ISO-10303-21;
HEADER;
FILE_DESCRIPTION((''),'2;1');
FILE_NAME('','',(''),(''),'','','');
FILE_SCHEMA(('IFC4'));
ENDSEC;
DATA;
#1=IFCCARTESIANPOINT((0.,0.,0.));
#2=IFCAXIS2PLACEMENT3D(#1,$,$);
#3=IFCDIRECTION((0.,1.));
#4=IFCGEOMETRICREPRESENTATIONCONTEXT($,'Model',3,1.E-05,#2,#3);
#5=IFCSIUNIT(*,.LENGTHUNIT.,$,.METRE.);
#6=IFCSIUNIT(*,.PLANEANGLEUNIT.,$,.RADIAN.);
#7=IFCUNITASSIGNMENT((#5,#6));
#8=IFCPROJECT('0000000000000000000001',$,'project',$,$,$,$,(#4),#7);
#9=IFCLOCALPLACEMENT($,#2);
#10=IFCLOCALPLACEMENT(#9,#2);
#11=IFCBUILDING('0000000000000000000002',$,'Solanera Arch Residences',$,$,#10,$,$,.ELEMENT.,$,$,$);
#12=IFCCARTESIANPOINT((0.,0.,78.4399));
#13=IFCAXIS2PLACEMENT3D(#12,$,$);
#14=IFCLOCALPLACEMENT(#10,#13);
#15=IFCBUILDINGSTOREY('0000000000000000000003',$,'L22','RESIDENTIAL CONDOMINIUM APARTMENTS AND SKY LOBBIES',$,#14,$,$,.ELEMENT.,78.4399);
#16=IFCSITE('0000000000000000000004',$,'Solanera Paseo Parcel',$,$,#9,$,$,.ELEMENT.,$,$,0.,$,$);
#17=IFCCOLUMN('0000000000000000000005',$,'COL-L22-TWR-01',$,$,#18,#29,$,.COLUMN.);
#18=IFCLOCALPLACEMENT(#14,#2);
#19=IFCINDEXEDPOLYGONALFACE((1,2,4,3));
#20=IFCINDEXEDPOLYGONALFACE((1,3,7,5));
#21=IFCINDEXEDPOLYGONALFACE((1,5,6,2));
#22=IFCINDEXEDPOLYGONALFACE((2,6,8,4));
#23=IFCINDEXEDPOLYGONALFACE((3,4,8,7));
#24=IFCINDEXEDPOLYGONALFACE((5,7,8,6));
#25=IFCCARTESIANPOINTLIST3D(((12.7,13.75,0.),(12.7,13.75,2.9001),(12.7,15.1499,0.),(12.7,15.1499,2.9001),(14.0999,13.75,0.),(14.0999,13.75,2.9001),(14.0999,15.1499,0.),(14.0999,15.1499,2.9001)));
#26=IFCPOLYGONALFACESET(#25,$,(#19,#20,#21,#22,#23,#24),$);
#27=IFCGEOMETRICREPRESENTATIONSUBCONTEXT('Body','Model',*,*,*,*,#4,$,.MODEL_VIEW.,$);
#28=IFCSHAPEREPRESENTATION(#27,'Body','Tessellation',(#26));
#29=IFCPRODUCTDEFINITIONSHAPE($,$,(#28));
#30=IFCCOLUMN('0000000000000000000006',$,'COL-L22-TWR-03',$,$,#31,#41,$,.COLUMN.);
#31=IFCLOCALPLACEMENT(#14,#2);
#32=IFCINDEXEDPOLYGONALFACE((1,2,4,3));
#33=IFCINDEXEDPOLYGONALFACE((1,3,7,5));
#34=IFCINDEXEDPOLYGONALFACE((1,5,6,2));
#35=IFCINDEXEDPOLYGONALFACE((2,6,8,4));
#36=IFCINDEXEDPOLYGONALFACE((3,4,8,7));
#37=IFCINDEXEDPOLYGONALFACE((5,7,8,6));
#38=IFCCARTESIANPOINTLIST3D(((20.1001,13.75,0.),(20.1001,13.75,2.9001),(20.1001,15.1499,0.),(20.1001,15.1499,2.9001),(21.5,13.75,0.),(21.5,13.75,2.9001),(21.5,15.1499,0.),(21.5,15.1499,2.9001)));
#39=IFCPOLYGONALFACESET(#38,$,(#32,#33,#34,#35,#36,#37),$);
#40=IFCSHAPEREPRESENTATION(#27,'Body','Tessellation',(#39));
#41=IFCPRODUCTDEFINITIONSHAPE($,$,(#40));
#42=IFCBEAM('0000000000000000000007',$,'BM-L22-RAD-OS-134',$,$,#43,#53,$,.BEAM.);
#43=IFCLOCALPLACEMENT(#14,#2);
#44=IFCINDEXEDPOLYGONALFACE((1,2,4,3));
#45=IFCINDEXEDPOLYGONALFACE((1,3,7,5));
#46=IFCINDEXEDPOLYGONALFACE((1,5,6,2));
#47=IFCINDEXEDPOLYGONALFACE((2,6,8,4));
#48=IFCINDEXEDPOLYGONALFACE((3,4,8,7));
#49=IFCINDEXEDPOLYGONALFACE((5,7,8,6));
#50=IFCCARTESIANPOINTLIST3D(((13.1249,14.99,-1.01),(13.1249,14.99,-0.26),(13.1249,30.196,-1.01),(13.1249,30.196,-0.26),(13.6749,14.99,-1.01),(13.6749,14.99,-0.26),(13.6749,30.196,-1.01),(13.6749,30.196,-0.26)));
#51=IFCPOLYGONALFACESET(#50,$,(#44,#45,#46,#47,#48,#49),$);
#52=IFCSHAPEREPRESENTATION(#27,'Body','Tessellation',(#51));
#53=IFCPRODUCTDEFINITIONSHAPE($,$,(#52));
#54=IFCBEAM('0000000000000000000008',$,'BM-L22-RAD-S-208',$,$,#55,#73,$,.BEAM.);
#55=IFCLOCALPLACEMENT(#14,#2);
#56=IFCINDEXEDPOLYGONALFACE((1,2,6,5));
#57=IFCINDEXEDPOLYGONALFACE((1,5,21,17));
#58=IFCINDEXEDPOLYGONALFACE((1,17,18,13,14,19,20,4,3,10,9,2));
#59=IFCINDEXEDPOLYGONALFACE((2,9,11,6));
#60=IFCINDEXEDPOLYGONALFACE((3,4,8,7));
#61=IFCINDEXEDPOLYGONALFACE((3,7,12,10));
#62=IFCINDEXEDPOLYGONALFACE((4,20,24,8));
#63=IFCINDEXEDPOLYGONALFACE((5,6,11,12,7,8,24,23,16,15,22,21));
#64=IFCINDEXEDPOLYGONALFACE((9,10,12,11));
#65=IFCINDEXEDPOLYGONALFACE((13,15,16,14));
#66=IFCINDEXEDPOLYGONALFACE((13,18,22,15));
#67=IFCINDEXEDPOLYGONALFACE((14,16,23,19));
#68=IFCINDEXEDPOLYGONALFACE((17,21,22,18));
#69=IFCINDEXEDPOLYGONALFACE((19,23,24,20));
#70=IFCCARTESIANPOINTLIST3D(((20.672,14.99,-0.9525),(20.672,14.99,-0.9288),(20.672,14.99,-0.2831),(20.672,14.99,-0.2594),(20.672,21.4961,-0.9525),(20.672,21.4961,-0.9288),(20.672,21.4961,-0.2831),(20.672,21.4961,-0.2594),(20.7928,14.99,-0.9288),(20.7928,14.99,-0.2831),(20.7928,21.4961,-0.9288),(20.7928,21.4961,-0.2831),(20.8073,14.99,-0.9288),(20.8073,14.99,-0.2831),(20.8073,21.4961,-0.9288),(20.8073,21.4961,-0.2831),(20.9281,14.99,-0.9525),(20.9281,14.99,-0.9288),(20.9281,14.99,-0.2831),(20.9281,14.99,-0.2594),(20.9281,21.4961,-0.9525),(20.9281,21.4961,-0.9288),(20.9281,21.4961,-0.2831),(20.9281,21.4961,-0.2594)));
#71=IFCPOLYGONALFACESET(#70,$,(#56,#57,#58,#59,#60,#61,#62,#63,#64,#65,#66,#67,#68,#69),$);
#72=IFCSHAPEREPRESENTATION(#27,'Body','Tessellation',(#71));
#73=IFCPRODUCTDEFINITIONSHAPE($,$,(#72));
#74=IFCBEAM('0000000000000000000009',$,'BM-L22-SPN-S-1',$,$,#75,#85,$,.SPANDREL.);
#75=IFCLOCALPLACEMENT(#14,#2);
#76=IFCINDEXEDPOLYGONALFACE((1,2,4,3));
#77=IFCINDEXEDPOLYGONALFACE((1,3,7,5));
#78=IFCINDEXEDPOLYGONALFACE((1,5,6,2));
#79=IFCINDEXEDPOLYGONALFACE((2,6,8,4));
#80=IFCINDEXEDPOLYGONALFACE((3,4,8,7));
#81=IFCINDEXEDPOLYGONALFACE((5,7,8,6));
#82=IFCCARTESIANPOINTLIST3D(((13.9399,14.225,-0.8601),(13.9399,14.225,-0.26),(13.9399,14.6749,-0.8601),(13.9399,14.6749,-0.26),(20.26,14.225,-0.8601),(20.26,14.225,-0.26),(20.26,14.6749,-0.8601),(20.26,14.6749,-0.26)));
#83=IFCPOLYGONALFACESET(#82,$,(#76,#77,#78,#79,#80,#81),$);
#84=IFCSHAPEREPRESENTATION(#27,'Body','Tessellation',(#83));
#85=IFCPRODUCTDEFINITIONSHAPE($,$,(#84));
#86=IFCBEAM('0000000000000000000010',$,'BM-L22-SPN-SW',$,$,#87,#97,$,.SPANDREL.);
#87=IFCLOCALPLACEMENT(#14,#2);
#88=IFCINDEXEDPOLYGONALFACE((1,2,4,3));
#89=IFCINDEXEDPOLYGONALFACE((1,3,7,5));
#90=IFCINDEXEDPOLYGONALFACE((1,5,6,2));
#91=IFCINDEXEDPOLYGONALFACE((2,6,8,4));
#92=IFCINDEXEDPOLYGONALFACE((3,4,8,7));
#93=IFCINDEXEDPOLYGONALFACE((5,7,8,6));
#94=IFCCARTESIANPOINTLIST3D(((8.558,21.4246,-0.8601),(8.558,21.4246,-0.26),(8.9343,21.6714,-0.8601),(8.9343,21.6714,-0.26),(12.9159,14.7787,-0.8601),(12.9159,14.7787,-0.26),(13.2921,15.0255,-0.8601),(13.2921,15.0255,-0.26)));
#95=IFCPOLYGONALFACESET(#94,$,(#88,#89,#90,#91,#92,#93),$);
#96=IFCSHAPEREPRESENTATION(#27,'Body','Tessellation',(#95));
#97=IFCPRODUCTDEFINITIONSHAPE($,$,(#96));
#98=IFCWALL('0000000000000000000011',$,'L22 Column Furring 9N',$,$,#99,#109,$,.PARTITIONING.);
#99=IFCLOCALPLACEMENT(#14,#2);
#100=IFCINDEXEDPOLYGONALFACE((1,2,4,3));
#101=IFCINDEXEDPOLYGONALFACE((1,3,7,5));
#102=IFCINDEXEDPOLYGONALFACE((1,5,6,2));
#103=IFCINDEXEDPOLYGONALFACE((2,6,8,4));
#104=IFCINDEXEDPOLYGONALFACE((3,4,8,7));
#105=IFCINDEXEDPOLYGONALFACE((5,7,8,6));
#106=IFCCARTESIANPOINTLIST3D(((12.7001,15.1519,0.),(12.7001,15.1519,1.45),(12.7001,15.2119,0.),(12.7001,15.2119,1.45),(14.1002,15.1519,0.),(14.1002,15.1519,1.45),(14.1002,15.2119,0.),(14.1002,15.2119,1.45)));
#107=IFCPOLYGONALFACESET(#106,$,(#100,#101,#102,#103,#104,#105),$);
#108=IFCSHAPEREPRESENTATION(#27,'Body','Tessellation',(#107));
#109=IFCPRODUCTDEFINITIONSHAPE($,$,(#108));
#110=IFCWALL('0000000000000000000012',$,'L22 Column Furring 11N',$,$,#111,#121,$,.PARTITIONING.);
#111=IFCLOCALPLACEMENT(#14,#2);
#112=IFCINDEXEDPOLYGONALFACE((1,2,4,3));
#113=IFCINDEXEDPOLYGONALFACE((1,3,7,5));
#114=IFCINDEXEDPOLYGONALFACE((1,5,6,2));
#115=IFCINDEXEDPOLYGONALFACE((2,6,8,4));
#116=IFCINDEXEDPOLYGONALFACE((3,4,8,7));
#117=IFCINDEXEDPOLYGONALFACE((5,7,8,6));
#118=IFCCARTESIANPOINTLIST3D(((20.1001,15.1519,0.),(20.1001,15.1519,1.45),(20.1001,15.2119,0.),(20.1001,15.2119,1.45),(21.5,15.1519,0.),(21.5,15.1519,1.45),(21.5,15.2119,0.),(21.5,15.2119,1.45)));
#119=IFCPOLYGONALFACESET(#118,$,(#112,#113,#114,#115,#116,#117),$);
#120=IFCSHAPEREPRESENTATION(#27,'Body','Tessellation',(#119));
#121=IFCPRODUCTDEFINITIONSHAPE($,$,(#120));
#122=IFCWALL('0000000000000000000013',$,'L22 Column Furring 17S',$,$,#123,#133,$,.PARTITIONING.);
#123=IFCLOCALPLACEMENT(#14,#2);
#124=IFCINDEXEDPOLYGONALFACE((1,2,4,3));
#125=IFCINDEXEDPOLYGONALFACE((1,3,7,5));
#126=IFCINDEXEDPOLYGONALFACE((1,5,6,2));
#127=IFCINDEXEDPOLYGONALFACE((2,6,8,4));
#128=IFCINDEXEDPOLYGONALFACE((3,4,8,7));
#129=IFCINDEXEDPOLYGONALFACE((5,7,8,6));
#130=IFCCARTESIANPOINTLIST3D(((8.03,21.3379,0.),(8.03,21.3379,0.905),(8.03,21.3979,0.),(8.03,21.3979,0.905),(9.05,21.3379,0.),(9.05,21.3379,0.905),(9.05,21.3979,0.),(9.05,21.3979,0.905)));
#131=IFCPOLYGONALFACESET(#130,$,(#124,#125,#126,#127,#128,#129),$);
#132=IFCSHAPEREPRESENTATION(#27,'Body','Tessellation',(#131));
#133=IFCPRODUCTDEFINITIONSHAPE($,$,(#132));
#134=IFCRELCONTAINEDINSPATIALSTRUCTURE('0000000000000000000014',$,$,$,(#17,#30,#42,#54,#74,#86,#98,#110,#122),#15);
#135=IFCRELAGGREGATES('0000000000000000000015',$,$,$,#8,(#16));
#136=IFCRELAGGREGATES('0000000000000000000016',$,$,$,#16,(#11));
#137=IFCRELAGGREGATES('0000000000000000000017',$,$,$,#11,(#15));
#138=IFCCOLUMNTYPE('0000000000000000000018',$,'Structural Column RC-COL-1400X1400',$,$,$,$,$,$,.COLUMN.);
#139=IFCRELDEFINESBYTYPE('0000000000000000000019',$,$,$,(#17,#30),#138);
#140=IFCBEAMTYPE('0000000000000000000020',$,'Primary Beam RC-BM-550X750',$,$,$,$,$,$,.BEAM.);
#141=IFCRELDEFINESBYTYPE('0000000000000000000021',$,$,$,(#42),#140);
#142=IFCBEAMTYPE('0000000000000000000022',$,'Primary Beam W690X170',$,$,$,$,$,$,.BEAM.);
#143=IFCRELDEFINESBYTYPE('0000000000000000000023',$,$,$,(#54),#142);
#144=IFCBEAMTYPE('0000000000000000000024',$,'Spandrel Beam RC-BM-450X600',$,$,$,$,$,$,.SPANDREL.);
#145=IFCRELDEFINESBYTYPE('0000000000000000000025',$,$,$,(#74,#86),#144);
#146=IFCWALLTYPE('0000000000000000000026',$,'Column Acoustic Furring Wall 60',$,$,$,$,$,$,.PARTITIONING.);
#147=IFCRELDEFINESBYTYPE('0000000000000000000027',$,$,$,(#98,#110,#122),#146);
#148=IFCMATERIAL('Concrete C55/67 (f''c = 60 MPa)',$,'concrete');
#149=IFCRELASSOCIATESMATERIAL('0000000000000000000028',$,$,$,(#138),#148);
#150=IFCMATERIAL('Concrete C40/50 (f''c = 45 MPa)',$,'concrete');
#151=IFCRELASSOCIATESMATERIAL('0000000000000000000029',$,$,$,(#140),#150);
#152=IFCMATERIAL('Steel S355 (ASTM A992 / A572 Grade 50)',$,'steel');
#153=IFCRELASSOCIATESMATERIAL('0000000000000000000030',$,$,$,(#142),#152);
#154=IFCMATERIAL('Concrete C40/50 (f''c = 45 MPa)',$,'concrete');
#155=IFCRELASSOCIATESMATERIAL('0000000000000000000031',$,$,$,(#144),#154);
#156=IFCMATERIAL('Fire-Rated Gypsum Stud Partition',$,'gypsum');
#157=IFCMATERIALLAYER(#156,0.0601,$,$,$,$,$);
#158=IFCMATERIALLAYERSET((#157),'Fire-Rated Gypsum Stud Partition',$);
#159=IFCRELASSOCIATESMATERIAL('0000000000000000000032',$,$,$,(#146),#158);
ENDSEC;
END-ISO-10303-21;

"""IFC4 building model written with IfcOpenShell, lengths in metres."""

from ifc_helpers import new_model, si_unit, direction, frame, frame_2d, origin, origin_2d, place, context, subcontext, project, spatial, rectangle, i_section, extrude, material, layer, layer_set, material_profile, profile_set, type_object, element, save


model = new_model("IFC4")

# Units and contexts
model_context = context("Model", 3, precision=1e-05, world=origin(), true_north=direction((0.0, 1.0)))
body_context = subcontext(model_context, "Body", "Model", "MODEL_VIEW")
ifc_project = project(units=[si_unit("LENGTHUNIT", "METRE"), si_unit("PLANEANGLEUNIT", "RADIAN")], contexts=[model_context])

# Site, building, storey
site_placement = place(None, origin())
site = spatial("IfcSite", under=ifc_project, at=site_placement, Name="Solanera Paseo Parcel", CompositionType="ELEMENT", RefElevation=0.0)
building_placement = place(site_placement, origin())
building = spatial("IfcBuilding", under=site, at=building_placement, Name="Solanera Arch Residences", CompositionType="ELEMENT")
storey_placement = place(building_placement, frame((0.0, 0.0, 78.4399)))
storey = spatial("IfcBuildingStorey", under=building, at=storey_placement, Name="L22", Description="RESIDENTIAL CONDOMINIUM APARTMENTS AND SKY LOBBIES", CompositionType="ELEMENT", Elevation=78.4399)

# Columns
ifc_material_1 = material(Name="Concrete C55/67 (f'c = 60 MPa)", Category="concrete")
ifc_material_profile_1 = material_profile(ifc_material_1, rectangle(XDim=1.3999, YDim=1.3999, at=origin_2d()))
ifc_profile_set_1 = profile_set([ifc_material_profile_1], Name="Concrete C55/67 (f'c = 60 MPa)")
column_type = type_object("IfcColumnType", Name="Structural Column RC-COL-1400X1400", PredefinedType="COLUMN", material=ifc_profile_set_1)
for number, where, z_axis, x_axis, name in (
    (1, (13.3999, 14.45, 0.0), (0.0, 0.0, 1.0), (1.0, 0.0, 0.0), "COL-L22-TWR-01"),
    (2, (20.8, 14.45, 0.0), (0.0, 0.0, 1.0), (1.0, 0.0, 0.0), "COL-L22-TWR-03"),
):
    element("IfcColumn", number, at=place(storey_placement, frame(where, z_axis=z_axis, x_axis=x_axis)), inside=storey, type_object=column_type, Name=name, PredefinedType="COLUMN", context=body_context, shape_type="SweptSolid", body=[
        extrude(rectangle(XDim=1.3999, YDim=1.3999, at=origin_2d()), origin(), (0.0, 0.0, 1.0), 2.9001),
    ])

# Beams
ifc_material_2 = material(Name="Concrete C40/50 (f'c = 45 MPa)", Category="concrete")
ifc_material_profile_2 = material_profile(ifc_material_2, rectangle(XDim=0.55, YDim=0.75, at=origin_2d()))
ifc_profile_set_2 = profile_set([ifc_material_profile_2], Name="Concrete C40/50 (f'c = 45 MPa)")
beam_type_1 = type_object("IfcBeamType", Name="Primary Beam RC-BM-550X750", PredefinedType="BEAM", material=ifc_profile_set_2)
beam_1_placement = place(storey_placement, frame((13.3999, 14.99, -0.635), z_axis=(0.0, 1.0, 0.0), x_axis=(-1.0, 0.0, 0.0)))
element("IfcBeam", 3, at=beam_1_placement, inside=storey, type_object=beam_type_1, Name="BM-L22-RAD-OS-134", PredefinedType="BEAM", context=body_context, shape_type="SweptSolid", body=[
    extrude(rectangle(XDim=0.55, YDim=0.75, at=origin_2d()), origin(), (0.0, 0.0, 1.0), 15.2061),
])
ifc_material_3 = material(Name="Steel S355 (ASTM A992 / A572 Grade 50)", Category="steel")
ifc_material_profile_3 = material_profile(ifc_material_3, i_section(OverallWidth=0.2561, OverallDepth=0.6931, WebThickness=0.0144, FlangeThickness=0.0237, at=origin_2d()))
ifc_profile_set_3 = profile_set([ifc_material_profile_3], Name="Steel S355 (ASTM A992 / A572 Grade 50)")
beam_type_2 = type_object("IfcBeamType", Name="Primary Beam W690X170", PredefinedType="BEAM", material=ifc_profile_set_3)
beam_2_placement = place(storey_placement, frame((20.8, 14.99, -0.606), z_axis=(0.0, 1.0, 0.0), x_axis=(-1.0, 0.0, 0.0)))
element("IfcBeam", 4, at=beam_2_placement, inside=storey, type_object=beam_type_2, Name="BM-L22-RAD-S-208", PredefinedType="BEAM", context=body_context, shape_type="SweptSolid", body=[
    extrude(i_section(OverallWidth=0.2561, OverallDepth=0.6931, WebThickness=0.0144, FlangeThickness=0.0237, at=origin_2d()), origin(), (0.0, 0.0, 1.0), 6.5061),
])
ifc_material_4 = material(Name="Concrete C40/50 (f'c = 45 MPa)", Category="concrete")
ifc_material_profile_4 = material_profile(ifc_material_4, rectangle(XDim=0.45, YDim=0.6001, at=origin_2d()))
ifc_profile_set_4 = profile_set([ifc_material_profile_4], Name="Concrete C40/50 (f'c = 45 MPa)")
beam_type_3 = type_object("IfcBeamType", Name="Spandrel Beam RC-BM-450X600", PredefinedType="SPANDREL", material=ifc_profile_set_4)
beam_3_placement = place(storey_placement, frame((13.9399, 14.45, -0.5601), z_axis=(1.0, 0.0, 0.0), x_axis=(0.0, 1.0, 0.0)))
element("IfcBeam", 5, at=beam_3_placement, inside=storey, type_object=beam_type_3, Name="BM-L22-SPN-S-1", PredefinedType="SPANDREL", context=body_context, shape_type="SweptSolid", body=[
    extrude(rectangle(XDim=0.45, YDim=0.6001, at=origin_2d()), origin(), (0.0, 0.0, 1.0), 6.3201),
])
beam_4_placement = place(storey_placement, frame((13.104, 14.9021, -0.5601), z_axis=(-0.548346, 0.836251, 0.0), x_axis=(-0.836251, -0.548346, 0.0)))
element("IfcBeam", 6, at=beam_4_placement, inside=storey, type_object=beam_type_3, Name="BM-L22-SPN-SW", PredefinedType="SPANDREL", context=body_context, shape_type="SweptSolid", body=[
    extrude(rectangle(XDim=0.45, YDim=0.6001, at=origin_2d()), origin(), (0.0, 0.0, 1.0), 7.9473),
])

# Walls
ifc_material_5 = material(Name="Fire-Rated Gypsum Stud Partition", Category="gypsum")
ifc_layer_1 = layer(ifc_material_5, 0.0601)
ifc_layer_set_1 = layer_set([ifc_layer_1], Name="Fire-Rated Gypsum Stud Partition")
wall_type_1 = type_object("IfcWallType", Name="Column Acoustic Furring Wall 60", PredefinedType="PARTITIONING", material=ifc_layer_set_1)
wall_1_placement = place(storey_placement, frame((12.7, 15.1819, 0.0), z_axis=(0.0, 0.0, 1.0), x_axis=(1.0, 0.0, 0.0)))
element("IfcWall", 7, at=wall_1_placement, inside=storey, type_object=wall_type_1, Name="L22 Column Furring 9N", PredefinedType="PARTITIONING", context=body_context, shape_type="SweptSolid", body=[
    extrude(rectangle(XDim=1.4001, YDim=0.0601, at=frame_2d((0.7002, 0.0))), origin(), (0.0, 0.0, 1.0), 1.45),
])
wall_2_placement = place(storey_placement, frame((20.1001, 15.1819, 0.0), z_axis=(0.0, 0.0, 1.0), x_axis=(1.0, 0.0, 0.0)))
element("IfcWall", 8, at=wall_2_placement, inside=storey, type_object=wall_type_1, Name="L22 Column Furring 11N", PredefinedType="PARTITIONING", context=body_context, shape_type="SweptSolid", body=[
    extrude(rectangle(XDim=1.3999, YDim=0.0601, at=frame_2d((0.7, 0.0))), origin(), (0.0, 0.0, 1.0), 1.45),
])
wall_3_placement = place(storey_placement, frame((8.03, 21.3679, 0.0), z_axis=(0.0, 0.0, 1.0), x_axis=(1.0, 0.0, 0.0)))
element("IfcWall", 9, at=wall_3_placement, inside=storey, type_object=wall_type_1, Name="L22 Column Furring 17S", PredefinedType="PARTITIONING", context=body_context, shape_type="SweptSolid", body=[
    extrude(rectangle(XDim=1.02, YDim=0.0601, at=frame_2d((0.51, 0.0))), origin(), (0.0, 0.0, 1.0), 0.905),
])

save(model, "model.ifc")
